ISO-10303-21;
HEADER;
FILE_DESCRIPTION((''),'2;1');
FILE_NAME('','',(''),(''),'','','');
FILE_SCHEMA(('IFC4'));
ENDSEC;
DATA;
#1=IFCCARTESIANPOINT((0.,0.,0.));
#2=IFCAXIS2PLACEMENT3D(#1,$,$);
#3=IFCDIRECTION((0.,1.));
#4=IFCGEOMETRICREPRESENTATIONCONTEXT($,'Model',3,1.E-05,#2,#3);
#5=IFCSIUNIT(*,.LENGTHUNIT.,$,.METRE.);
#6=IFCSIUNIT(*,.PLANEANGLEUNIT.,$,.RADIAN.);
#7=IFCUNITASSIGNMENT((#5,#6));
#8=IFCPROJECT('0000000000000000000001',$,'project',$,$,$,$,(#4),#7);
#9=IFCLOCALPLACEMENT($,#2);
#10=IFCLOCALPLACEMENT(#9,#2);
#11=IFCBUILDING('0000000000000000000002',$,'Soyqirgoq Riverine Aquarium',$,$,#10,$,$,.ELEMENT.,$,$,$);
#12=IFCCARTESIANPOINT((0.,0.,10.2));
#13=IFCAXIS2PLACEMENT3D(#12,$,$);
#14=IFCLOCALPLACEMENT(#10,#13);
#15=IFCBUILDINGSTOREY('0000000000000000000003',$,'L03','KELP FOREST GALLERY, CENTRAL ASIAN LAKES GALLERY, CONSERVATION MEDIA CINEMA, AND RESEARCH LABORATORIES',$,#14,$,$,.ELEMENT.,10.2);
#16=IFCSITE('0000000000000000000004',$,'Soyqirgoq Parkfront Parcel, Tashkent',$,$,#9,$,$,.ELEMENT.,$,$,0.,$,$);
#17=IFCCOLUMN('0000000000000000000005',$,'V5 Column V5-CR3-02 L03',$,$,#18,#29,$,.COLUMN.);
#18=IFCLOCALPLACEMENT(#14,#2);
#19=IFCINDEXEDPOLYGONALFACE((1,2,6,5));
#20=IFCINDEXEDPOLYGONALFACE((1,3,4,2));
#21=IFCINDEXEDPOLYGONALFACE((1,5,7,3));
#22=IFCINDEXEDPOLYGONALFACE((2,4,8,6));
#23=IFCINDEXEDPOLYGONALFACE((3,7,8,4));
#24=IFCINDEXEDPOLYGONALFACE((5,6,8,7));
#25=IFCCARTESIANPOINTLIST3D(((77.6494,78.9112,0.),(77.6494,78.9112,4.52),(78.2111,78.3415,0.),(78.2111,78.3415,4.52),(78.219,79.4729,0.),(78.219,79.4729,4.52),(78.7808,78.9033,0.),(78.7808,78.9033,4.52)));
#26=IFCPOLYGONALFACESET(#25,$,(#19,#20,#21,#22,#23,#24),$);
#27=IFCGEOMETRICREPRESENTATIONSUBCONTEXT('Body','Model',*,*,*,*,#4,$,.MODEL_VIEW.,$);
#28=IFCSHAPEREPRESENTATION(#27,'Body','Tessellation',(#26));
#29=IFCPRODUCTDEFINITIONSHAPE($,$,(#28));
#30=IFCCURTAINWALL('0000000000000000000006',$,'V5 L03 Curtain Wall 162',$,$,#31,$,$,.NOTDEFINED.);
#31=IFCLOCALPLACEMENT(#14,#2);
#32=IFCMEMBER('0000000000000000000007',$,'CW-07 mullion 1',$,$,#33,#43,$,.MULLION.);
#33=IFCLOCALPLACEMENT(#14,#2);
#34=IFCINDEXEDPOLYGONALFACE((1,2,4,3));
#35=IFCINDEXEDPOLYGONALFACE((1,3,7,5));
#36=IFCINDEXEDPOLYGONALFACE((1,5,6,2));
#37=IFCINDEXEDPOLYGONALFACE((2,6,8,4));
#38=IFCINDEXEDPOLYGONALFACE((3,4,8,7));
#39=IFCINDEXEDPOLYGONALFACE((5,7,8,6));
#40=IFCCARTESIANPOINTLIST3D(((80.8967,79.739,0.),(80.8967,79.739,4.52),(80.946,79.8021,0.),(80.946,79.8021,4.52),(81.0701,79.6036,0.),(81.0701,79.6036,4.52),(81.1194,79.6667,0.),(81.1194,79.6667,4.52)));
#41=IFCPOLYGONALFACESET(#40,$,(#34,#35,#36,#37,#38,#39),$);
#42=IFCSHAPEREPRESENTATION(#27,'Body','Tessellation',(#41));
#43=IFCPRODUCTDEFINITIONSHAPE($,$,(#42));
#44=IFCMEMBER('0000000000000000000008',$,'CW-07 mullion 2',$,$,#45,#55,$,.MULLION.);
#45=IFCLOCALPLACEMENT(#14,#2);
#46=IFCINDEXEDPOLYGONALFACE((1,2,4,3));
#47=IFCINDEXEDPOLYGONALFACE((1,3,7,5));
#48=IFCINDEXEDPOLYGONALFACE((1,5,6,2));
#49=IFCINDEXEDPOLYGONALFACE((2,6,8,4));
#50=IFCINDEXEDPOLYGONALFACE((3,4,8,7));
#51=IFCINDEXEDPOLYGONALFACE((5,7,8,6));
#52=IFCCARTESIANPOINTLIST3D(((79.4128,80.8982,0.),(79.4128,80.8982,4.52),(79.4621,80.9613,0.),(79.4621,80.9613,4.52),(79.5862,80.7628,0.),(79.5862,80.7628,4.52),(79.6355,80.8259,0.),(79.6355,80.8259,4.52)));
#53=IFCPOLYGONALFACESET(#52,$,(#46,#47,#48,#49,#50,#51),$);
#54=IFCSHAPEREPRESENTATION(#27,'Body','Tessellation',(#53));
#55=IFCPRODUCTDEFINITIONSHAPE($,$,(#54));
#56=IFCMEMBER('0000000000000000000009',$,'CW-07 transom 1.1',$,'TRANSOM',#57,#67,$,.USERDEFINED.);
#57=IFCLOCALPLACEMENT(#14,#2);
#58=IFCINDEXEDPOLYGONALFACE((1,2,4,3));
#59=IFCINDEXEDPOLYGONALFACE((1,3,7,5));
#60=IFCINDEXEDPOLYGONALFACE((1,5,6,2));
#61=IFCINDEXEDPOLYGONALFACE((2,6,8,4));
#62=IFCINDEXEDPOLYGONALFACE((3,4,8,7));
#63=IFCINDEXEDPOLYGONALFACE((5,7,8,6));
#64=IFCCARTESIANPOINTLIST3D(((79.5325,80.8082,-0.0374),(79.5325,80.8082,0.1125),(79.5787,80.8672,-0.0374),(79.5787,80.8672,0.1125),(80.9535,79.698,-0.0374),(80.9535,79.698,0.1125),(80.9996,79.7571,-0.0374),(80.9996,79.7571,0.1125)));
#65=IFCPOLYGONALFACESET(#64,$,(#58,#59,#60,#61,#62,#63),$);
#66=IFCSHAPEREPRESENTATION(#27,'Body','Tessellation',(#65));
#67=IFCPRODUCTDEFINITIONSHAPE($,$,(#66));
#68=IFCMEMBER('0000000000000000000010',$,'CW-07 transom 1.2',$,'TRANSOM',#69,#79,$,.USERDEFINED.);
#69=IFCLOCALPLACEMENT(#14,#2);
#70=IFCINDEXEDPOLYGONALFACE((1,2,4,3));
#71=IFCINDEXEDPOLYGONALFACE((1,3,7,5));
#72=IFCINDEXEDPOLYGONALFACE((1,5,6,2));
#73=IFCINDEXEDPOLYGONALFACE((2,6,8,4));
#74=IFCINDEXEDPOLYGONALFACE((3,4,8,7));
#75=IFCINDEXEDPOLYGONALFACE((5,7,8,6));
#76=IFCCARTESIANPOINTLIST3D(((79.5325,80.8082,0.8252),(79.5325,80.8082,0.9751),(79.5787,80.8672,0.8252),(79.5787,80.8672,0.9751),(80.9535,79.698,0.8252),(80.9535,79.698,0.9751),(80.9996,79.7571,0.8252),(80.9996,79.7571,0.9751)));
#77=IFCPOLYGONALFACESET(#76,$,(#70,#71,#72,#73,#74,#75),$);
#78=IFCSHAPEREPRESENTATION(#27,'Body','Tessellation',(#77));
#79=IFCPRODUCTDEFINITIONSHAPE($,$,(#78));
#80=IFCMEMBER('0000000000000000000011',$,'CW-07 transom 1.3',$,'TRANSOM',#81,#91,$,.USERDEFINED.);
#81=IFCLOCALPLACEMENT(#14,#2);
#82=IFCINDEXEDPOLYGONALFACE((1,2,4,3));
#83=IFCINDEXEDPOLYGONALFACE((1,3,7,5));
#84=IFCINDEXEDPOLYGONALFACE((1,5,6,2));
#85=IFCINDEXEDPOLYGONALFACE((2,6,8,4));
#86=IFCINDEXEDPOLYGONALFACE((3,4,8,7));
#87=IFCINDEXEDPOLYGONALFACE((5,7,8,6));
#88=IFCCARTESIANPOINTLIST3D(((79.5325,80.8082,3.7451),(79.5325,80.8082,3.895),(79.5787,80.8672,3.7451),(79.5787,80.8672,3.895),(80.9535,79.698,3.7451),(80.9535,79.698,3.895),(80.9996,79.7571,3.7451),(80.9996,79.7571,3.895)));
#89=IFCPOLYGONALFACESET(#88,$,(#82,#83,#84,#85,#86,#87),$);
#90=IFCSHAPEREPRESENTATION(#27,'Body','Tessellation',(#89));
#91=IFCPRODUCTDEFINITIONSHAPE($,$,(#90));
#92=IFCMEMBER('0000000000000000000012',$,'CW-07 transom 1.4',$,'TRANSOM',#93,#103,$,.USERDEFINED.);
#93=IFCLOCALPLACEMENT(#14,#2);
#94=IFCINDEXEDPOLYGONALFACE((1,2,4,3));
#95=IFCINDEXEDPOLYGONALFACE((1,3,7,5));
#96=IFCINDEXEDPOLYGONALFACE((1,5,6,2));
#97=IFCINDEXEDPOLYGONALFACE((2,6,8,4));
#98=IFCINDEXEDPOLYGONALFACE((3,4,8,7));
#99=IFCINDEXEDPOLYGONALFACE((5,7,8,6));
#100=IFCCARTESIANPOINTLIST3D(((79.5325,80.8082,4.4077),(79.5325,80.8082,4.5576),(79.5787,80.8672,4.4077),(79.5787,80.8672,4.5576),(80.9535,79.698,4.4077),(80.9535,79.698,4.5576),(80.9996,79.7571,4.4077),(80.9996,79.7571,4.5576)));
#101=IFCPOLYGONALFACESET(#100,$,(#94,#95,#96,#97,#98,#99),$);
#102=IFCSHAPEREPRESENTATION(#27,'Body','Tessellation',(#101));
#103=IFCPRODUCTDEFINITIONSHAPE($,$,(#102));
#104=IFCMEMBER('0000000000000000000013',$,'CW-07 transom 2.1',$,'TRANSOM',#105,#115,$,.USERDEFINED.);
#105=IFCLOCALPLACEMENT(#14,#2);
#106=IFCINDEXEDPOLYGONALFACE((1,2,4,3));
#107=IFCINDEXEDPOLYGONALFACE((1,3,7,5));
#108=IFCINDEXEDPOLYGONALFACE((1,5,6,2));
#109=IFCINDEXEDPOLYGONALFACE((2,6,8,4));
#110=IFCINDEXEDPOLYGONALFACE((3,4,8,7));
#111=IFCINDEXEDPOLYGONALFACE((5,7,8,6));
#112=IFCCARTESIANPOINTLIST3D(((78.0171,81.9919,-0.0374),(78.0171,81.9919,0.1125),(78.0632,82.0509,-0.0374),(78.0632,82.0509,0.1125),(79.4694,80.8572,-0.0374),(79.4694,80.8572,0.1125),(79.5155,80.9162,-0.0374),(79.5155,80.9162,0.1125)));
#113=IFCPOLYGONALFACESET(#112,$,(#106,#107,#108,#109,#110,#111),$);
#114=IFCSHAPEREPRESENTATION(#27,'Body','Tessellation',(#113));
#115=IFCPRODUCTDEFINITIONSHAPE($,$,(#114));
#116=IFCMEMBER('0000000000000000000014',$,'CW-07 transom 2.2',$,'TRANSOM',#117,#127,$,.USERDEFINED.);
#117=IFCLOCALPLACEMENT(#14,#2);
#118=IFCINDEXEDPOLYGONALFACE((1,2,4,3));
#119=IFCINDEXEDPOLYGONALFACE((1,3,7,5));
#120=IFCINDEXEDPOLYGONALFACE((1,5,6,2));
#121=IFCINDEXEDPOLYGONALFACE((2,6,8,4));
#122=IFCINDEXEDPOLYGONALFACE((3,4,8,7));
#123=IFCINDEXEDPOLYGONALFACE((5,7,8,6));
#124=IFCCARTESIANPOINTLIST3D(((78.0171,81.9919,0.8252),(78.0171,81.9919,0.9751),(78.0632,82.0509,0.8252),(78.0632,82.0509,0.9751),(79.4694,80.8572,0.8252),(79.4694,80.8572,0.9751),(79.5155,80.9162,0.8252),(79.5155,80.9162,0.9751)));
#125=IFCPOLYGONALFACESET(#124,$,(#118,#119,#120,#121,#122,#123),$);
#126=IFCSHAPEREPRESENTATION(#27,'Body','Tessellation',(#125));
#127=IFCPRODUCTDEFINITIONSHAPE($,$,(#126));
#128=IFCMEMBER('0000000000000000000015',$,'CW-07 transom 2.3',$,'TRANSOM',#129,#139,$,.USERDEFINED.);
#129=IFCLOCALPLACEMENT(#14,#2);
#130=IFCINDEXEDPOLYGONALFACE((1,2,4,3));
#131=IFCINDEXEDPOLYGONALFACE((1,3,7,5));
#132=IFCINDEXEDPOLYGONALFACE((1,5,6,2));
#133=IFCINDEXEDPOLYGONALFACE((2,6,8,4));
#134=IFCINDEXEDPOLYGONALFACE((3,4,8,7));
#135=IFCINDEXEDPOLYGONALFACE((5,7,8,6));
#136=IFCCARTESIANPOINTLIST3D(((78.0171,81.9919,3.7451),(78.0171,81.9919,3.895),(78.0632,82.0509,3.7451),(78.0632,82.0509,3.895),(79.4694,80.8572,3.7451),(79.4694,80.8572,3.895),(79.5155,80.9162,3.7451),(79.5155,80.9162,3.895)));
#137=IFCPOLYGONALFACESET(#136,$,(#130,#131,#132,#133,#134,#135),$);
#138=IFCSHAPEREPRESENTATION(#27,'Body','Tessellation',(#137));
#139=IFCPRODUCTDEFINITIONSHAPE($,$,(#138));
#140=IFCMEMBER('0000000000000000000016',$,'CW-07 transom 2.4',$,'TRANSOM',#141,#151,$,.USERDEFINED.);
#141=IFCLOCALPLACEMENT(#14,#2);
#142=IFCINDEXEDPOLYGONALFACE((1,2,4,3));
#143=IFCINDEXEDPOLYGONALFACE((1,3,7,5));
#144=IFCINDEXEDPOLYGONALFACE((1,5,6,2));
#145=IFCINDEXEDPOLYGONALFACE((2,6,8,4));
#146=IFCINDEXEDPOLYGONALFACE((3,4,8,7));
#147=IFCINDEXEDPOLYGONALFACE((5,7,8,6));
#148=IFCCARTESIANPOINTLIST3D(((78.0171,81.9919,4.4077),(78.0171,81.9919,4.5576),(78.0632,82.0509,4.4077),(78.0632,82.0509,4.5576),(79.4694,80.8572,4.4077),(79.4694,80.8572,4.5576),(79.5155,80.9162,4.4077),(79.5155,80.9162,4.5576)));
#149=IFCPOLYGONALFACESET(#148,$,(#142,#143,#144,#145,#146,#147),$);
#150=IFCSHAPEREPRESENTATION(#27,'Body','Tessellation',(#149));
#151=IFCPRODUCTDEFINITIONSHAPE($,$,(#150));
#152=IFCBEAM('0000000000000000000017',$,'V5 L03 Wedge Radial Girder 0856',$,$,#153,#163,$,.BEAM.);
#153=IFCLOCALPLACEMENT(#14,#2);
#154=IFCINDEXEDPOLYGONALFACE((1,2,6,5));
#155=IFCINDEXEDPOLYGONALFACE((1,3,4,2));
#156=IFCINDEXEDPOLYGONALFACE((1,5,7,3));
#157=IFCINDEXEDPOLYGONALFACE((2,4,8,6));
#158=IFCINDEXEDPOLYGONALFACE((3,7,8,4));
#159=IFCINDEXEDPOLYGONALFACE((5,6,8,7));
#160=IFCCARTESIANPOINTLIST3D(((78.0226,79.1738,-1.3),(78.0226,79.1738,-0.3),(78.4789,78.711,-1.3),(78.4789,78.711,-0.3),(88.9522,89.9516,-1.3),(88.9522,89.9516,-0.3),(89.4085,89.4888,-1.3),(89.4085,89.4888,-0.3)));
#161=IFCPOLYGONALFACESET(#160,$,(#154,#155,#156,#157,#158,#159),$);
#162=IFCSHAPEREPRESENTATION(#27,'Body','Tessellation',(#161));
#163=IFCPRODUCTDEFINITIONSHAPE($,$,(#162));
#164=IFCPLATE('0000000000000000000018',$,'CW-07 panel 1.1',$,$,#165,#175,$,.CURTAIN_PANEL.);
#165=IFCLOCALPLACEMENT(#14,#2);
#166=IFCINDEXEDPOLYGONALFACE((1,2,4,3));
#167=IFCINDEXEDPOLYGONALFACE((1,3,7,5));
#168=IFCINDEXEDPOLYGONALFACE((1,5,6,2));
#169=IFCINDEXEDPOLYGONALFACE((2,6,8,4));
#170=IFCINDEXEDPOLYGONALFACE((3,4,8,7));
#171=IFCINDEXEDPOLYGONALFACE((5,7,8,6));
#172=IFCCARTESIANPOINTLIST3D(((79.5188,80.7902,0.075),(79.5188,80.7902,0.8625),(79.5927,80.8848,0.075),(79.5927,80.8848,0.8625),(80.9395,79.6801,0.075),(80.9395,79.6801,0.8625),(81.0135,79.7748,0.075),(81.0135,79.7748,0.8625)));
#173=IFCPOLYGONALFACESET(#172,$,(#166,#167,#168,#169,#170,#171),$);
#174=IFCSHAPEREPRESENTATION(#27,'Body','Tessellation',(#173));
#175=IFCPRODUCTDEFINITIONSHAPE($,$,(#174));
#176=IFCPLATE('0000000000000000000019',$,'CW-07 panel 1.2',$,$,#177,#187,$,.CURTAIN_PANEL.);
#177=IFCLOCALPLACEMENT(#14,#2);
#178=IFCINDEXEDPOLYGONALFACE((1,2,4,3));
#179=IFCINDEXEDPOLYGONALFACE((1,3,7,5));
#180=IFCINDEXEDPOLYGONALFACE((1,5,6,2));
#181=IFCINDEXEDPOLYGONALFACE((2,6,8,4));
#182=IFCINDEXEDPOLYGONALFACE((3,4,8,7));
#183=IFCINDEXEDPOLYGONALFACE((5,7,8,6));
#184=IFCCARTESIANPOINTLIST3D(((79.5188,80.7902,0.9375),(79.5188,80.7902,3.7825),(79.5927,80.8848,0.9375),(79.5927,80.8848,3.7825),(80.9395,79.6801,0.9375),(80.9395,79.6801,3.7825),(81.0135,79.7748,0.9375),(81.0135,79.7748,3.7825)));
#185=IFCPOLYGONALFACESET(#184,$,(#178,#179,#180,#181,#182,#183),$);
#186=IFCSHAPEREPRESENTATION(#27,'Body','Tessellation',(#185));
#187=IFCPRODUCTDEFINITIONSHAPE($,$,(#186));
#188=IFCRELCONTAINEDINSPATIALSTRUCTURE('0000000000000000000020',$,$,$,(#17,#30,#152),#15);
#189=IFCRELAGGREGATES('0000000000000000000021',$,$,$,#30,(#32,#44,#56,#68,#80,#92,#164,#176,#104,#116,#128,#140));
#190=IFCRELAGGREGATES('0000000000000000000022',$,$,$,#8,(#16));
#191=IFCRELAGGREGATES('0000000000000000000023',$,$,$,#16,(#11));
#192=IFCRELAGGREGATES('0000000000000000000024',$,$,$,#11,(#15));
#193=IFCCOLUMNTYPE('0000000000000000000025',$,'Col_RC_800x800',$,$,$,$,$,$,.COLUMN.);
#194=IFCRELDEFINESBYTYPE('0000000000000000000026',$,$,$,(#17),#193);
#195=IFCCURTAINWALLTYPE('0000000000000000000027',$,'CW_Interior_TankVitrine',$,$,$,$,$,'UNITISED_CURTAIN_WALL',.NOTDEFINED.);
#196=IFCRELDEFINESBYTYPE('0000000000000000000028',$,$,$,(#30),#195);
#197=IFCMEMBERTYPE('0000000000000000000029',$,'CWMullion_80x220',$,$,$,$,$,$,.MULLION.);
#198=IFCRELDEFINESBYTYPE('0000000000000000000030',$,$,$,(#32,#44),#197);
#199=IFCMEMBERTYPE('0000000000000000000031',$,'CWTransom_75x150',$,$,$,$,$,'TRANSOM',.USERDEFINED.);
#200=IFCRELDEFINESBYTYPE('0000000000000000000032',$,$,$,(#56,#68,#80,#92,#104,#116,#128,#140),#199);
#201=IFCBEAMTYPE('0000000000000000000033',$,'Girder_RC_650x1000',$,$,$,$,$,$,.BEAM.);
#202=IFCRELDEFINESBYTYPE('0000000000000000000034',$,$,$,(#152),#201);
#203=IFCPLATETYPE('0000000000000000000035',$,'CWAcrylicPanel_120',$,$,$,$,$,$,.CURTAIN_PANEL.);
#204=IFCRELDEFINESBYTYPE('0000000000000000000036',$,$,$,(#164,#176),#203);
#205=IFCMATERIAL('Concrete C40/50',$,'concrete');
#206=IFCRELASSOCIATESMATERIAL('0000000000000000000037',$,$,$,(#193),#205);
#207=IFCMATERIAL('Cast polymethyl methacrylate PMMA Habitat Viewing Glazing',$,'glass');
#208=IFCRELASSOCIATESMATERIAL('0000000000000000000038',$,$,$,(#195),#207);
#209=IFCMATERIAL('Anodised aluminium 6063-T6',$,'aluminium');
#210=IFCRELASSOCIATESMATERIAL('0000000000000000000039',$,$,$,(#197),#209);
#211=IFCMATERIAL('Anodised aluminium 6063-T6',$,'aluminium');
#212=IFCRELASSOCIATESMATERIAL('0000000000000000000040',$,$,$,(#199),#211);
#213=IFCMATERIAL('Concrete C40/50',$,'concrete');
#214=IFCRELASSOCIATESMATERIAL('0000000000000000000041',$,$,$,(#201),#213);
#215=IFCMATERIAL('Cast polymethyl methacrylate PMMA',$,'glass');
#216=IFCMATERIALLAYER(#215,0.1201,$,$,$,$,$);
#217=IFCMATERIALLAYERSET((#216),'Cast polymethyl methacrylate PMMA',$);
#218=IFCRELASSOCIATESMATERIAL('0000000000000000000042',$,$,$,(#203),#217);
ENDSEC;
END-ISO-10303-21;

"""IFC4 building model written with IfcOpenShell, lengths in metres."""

from ifc_helpers import new_model, si_unit, direction, frame, origin, origin_2d, place, context, subcontext, project, spatial, rectangle, extrude, material, layer, layer_set, material_profile, profile_set, type_object, element, aggregate, save


model = new_model("IFC4")

# Units and contexts
model_context = context("Model", 3, precision=1e-05, world=origin(), true_north=direction((0.0, 1.0)))
body_context = subcontext(model_context, "Body", "Model", "MODEL_VIEW")
ifc_project = project(units=[si_unit("LENGTHUNIT", "METRE"), si_unit("PLANEANGLEUNIT", "RADIAN")], contexts=[model_context])

# Site, building, storey
site_placement = place(None, origin())
site = spatial("IfcSite", under=ifc_project, at=site_placement, Name="Soyqirgoq Parkfront Parcel, Tashkent", CompositionType="ELEMENT", RefElevation=0.0)
building_placement = place(site_placement, origin())
building = spatial("IfcBuilding", under=site, at=building_placement, Name="Soyqirgoq Riverine Aquarium", CompositionType="ELEMENT")
storey_placement = place(building_placement, frame((0.0, 0.0, 10.2)))
storey = spatial("IfcBuildingStorey", under=building, at=storey_placement, Name="L03", Description="KELP FOREST GALLERY, CENTRAL ASIAN LAKES GALLERY, CONSERVATION MEDIA CINEMA, AND RESEARCH LABORATORIES", CompositionType="ELEMENT", Elevation=10.2)

# Column
ifc_material_1 = material(Name="Concrete C40/50", Category="concrete")
ifc_material_profile_1 = material_profile(ifc_material_1, rectangle(XDim=0.8, YDim=0.8, at=origin_2d()), Name="RC 800x800")
ifc_profile_set_1 = profile_set([ifc_material_profile_1], Name="Concrete C40/50")
column_type = type_object("IfcColumnType", Name="Col_RC_800x800", PredefinedType="COLUMN", material=ifc_profile_set_1)
column_placement = place(storey_placement, frame((78.2151, 78.9072, 0.0), z_axis=(0.0, 0.0, 1.0), x_axis=(0.712026, 0.702153, 0.0)))
element("IfcColumn", 1, at=column_placement, inside=storey, type_object=column_type, Name="V5 Column V5-CR3-02 L03", PredefinedType="COLUMN", context=body_context, shape_type="SweptSolid", body=[
    extrude(rectangle(XDim=0.8, YDim=0.8, at=origin_2d()), origin(), (0.0, 0.0, 1.0), 4.52),
])

# Curtain wall, members
ifc_material_2 = material(Name="Cast polymethyl methacrylate PMMA Habitat Viewing Glazing", Category="glass")
curtain_wall_type = type_object("IfcCurtainWallType", Name="CW_Interior_TankVitrine", ElementType="UNITISED_CURTAIN_WALL", PredefinedType="NOTDEFINED", material=ifc_material_2)
curtain_wall_placement = place(storey_placement, origin())
curtain_wall = element("IfcCurtainWall", 2, at=curtain_wall_placement, inside=storey, type_object=curtain_wall_type, Name="V5 L03 Curtain Wall 162", PredefinedType="NOTDEFINED")
ifc_material_3 = material(Name="Anodised aluminium 6063-T6", Category="aluminium")
ifc_material_profile_2 = material_profile(ifc_material_3, rectangle(XDim=0.0801, YDim=0.22, at=origin_2d()), Name="ALU-M 80x220")
ifc_profile_set_2 = profile_set([ifc_material_profile_2], Name="Anodised aluminium 6063-T6")
member_type_1 = type_object("IfcMemberType", Name="CWMullion_80x220", PredefinedType="MULLION", material=ifc_profile_set_2)
member_1_placement = place(storey_placement, frame((81.0081, 79.7029, 0.0), z_axis=(0.0, 0.0, 1.0), x_axis=(-0.615655, -0.788016, 0.0)))
member_1 = element("IfcMember", 3, at=member_1_placement, type_object=member_type_1, Name="CW-07 mullion 1", PredefinedType="MULLION", context=body_context, shape_type="SweptSolid", body=[
    extrude(rectangle(XDim=0.0801, YDim=0.22, at=origin_2d()), origin(), (0.0, 0.0, 1.0), 4.52),
])
member_2_placement = place(storey_placement, frame((79.5242, 80.8621, 0.0), z_axis=(0.0, 0.0, 1.0), x_axis=(-0.615655, -0.788016, 0.0)))
member_2 = element("IfcMember", 4, at=member_2_placement, type_object=member_type_1, Name="CW-07 mullion 2", PredefinedType="MULLION", context=body_context, shape_type="SweptSolid", body=[
    extrude(rectangle(XDim=0.0801, YDim=0.22, at=origin_2d()), origin(), (0.0, 0.0, 1.0), 4.52),
])
ifc_material_4 = material(Name="Anodised aluminium 6063-T6", Category="aluminium")
ifc_material_profile_3 = material_profile(ifc_material_4, rectangle(XDim=0.075, YDim=0.1499, at=origin_2d()), Name="ALU-T 75x150")
ifc_profile_set_3 = profile_set([ifc_material_profile_3], Name="Anodised aluminium 6063-T6")
member_type_2 = type_object("IfcMemberType", Name="CWTransom_75x150", ElementType="TRANSOM", PredefinedType="USERDEFINED", material=ifc_profile_set_3)
member_3_placement = place(storey_placement, frame((80.9766, 79.7275, 0.0376), z_axis=(-0.788016, 0.615655, 0.0), x_axis=(-0.615655, -0.788016, 0.0)))
member_3 = element("IfcMember", 5, at=member_3_placement, type_object=member_type_2, Name="CW-07 transom 1.1", ObjectType="TRANSOM", PredefinedType="USERDEFINED", context=body_context, shape_type="SweptSolid", body=[
    extrude(rectangle(XDim=0.075, YDim=0.1499, at=origin_2d()), origin(), (0.0, 0.0, 1.0), 1.8032),
])
member_4_placement = place(storey_placement, frame((80.9766, 79.7275, 0.9001), z_axis=(-0.788016, 0.615655, 0.0), x_axis=(-0.615655, -0.788016, 0.0)))
member_4 = element("IfcMember", 6, at=member_4_placement, type_object=member_type_2, Name="CW-07 transom 1.2", ObjectType="TRANSOM", PredefinedType="USERDEFINED", context=body_context, shape_type="SweptSolid", body=[
    extrude(rectangle(XDim=0.075, YDim=0.1499, at=origin_2d()), origin(), (0.0, 0.0, 1.0), 1.8032),
])
member_5_placement = place(storey_placement, frame((80.9766, 79.7275, 3.8201), z_axis=(-0.788016, 0.615655, 0.0), x_axis=(-0.615655, -0.788016, 0.0)))
member_5 = element("IfcMember", 7, at=member_5_placement, type_object=member_type_2, Name="CW-07 transom 1.3", ObjectType="TRANSOM", PredefinedType="USERDEFINED", context=body_context, shape_type="SweptSolid", body=[
    extrude(rectangle(XDim=0.075, YDim=0.1499, at=origin_2d()), origin(), (0.0, 0.0, 1.0), 1.8032),
])
member_6_placement = place(storey_placement, frame((80.9766, 79.7275, 4.4827), z_axis=(-0.788016, 0.615655, 0.0), x_axis=(-0.615655, -0.788016, 0.0)))
member_6 = element("IfcMember", 8, at=member_6_placement, type_object=member_type_2, Name="CW-07 transom 1.4", ObjectType="TRANSOM", PredefinedType="USERDEFINED", context=body_context, shape_type="SweptSolid", body=[
    extrude(rectangle(XDim=0.075, YDim=0.1499, at=origin_2d()), origin(), (0.0, 0.0, 1.0), 1.8032),
])
member_7_placement = place(storey_placement, frame((79.4924, 80.8867, 0.0376), z_axis=(-0.788002, 0.615672, 0.0), x_axis=(-0.615672, -0.788002, 0.0)))
member_7 = element("IfcMember", 9, at=member_7_placement, type_object=member_type_2, Name="CW-07 transom 2.1", ObjectType="TRANSOM", PredefinedType="USERDEFINED", context=body_context, shape_type="SweptSolid", body=[
    extrude(rectangle(XDim=0.075, YDim=0.1499, at=origin_2d()), origin(), (0.0, 0.0, 1.0), 1.843),
])
member_8_placement = place(storey_placement, frame((79.4924, 80.8867, 0.9001), z_axis=(-0.788002, 0.615672, 0.0), x_axis=(-0.615672, -0.788002, 0.0)))
member_8 = element("IfcMember", 10, at=member_8_placement, type_object=member_type_2, Name="CW-07 transom 2.2", ObjectType="TRANSOM", PredefinedType="USERDEFINED", context=body_context, shape_type="SweptSolid", body=[
    extrude(rectangle(XDim=0.075, YDim=0.1499, at=origin_2d()), origin(), (0.0, 0.0, 1.0), 1.843),
])
member_9_placement = place(storey_placement, frame((79.4924, 80.8867, 3.8201), z_axis=(-0.788002, 0.615672, 0.0), x_axis=(-0.615672, -0.788002, 0.0)))
member_9 = element("IfcMember", 11, at=member_9_placement, type_object=member_type_2, Name="CW-07 transom 2.3", ObjectType="TRANSOM", PredefinedType="USERDEFINED", context=body_context, shape_type="SweptSolid", body=[
    extrude(rectangle(XDim=0.075, YDim=0.1499, at=origin_2d()), origin(), (0.0, 0.0, 1.0), 1.843),
])
member_10_placement = place(storey_placement, frame((79.4924, 80.8867, 4.4827), z_axis=(-0.788002, 0.615672, 0.0), x_axis=(-0.615672, -0.788002, 0.0)))
member_10 = element("IfcMember", 12, at=member_10_placement, type_object=member_type_2, Name="CW-07 transom 2.4", ObjectType="TRANSOM", PredefinedType="USERDEFINED", context=body_context, shape_type="SweptSolid", body=[
    extrude(rectangle(XDim=0.075, YDim=0.1499, at=origin_2d()), origin(), (0.0, 0.0, 1.0), 1.843),
])

# Beam
ifc_material_5 = material(Name="Concrete C40/50", Category="concrete")
ifc_material_profile_4 = material_profile(ifc_material_5, rectangle(XDim=0.6499, YDim=1.0, at=origin_2d()), Name="RC 650x1000")
ifc_profile_set_4 = profile_set([ifc_material_profile_4], Name="Concrete C40/50")
beam_type = type_object("IfcBeamType", Name="Girder_RC_650x1000", PredefinedType="BEAM", material=ifc_profile_set_4)
beam_placement = place(storey_placement, frame((78.2507, 78.9424, -0.8), z_axis=(0.712036, 0.702143, 0.0), x_axis=(-0.702143, 0.712036, 0.0)))
element("IfcBeam", 13, at=beam_placement, inside=storey, type_object=beam_type, Name="V5 L03 Wedge Radial Girder 0856", PredefinedType="BEAM", context=body_context, shape_type="SweptSolid", body=[
    extrude(rectangle(XDim=0.6499, YDim=1.0, at=origin_2d()), origin(), (0.0, 0.0, 1.0), 15.3499),
])

# Plates
ifc_material_6 = material(Name="Cast polymethyl methacrylate PMMA", Category="glass")
ifc_layer = layer(ifc_material_6, 0.1201)
ifc_layer_set = layer_set([ifc_layer], Name="Cast polymethyl methacrylate PMMA")
plate_type = type_object("IfcPlateType", Name="CWAcrylicPanel_120", PredefinedType="CURTAIN_PANEL", material=ifc_layer_set)
plate_1_placement = place(storey_placement, frame((80.2661, 80.2825, 0.075), z_axis=(0.0, 0.0, 1.0), x_axis=(-0.788016, 0.615655, 0.0)))
plate_1 = element("IfcPlate", 14, at=plate_1_placement, type_object=plate_type, Name="CW-07 panel 1.1", PredefinedType="CURTAIN_PANEL", context=body_context, shape_type="SweptSolid", body=[
    extrude(rectangle(XDim=1.803, YDim=0.1201, at=origin_2d()), origin(), (0.0, 0.0, 1.0), 0.7876),
])
plate_2_placement = place(storey_placement, frame((80.2661, 80.2825, 0.9375), z_axis=(0.0, 0.0, 1.0), x_axis=(-0.788016, 0.615655, 0.0)))
plate_2 = element("IfcPlate", 15, at=plate_2_placement, type_object=plate_type, Name="CW-07 panel 1.2", PredefinedType="CURTAIN_PANEL", context=body_context, shape_type="SweptSolid", body=[
    extrude(rectangle(XDim=1.803, YDim=0.1201, at=origin_2d()), origin(), (0.0, 0.0, 1.0), 2.845),
])
aggregate(curtain_wall, [member_1, member_2, member_3, member_4, member_5, member_6, plate_1, plate_2, member_7, member_8, member_9, member_10])

save(model, "model.ifc")
